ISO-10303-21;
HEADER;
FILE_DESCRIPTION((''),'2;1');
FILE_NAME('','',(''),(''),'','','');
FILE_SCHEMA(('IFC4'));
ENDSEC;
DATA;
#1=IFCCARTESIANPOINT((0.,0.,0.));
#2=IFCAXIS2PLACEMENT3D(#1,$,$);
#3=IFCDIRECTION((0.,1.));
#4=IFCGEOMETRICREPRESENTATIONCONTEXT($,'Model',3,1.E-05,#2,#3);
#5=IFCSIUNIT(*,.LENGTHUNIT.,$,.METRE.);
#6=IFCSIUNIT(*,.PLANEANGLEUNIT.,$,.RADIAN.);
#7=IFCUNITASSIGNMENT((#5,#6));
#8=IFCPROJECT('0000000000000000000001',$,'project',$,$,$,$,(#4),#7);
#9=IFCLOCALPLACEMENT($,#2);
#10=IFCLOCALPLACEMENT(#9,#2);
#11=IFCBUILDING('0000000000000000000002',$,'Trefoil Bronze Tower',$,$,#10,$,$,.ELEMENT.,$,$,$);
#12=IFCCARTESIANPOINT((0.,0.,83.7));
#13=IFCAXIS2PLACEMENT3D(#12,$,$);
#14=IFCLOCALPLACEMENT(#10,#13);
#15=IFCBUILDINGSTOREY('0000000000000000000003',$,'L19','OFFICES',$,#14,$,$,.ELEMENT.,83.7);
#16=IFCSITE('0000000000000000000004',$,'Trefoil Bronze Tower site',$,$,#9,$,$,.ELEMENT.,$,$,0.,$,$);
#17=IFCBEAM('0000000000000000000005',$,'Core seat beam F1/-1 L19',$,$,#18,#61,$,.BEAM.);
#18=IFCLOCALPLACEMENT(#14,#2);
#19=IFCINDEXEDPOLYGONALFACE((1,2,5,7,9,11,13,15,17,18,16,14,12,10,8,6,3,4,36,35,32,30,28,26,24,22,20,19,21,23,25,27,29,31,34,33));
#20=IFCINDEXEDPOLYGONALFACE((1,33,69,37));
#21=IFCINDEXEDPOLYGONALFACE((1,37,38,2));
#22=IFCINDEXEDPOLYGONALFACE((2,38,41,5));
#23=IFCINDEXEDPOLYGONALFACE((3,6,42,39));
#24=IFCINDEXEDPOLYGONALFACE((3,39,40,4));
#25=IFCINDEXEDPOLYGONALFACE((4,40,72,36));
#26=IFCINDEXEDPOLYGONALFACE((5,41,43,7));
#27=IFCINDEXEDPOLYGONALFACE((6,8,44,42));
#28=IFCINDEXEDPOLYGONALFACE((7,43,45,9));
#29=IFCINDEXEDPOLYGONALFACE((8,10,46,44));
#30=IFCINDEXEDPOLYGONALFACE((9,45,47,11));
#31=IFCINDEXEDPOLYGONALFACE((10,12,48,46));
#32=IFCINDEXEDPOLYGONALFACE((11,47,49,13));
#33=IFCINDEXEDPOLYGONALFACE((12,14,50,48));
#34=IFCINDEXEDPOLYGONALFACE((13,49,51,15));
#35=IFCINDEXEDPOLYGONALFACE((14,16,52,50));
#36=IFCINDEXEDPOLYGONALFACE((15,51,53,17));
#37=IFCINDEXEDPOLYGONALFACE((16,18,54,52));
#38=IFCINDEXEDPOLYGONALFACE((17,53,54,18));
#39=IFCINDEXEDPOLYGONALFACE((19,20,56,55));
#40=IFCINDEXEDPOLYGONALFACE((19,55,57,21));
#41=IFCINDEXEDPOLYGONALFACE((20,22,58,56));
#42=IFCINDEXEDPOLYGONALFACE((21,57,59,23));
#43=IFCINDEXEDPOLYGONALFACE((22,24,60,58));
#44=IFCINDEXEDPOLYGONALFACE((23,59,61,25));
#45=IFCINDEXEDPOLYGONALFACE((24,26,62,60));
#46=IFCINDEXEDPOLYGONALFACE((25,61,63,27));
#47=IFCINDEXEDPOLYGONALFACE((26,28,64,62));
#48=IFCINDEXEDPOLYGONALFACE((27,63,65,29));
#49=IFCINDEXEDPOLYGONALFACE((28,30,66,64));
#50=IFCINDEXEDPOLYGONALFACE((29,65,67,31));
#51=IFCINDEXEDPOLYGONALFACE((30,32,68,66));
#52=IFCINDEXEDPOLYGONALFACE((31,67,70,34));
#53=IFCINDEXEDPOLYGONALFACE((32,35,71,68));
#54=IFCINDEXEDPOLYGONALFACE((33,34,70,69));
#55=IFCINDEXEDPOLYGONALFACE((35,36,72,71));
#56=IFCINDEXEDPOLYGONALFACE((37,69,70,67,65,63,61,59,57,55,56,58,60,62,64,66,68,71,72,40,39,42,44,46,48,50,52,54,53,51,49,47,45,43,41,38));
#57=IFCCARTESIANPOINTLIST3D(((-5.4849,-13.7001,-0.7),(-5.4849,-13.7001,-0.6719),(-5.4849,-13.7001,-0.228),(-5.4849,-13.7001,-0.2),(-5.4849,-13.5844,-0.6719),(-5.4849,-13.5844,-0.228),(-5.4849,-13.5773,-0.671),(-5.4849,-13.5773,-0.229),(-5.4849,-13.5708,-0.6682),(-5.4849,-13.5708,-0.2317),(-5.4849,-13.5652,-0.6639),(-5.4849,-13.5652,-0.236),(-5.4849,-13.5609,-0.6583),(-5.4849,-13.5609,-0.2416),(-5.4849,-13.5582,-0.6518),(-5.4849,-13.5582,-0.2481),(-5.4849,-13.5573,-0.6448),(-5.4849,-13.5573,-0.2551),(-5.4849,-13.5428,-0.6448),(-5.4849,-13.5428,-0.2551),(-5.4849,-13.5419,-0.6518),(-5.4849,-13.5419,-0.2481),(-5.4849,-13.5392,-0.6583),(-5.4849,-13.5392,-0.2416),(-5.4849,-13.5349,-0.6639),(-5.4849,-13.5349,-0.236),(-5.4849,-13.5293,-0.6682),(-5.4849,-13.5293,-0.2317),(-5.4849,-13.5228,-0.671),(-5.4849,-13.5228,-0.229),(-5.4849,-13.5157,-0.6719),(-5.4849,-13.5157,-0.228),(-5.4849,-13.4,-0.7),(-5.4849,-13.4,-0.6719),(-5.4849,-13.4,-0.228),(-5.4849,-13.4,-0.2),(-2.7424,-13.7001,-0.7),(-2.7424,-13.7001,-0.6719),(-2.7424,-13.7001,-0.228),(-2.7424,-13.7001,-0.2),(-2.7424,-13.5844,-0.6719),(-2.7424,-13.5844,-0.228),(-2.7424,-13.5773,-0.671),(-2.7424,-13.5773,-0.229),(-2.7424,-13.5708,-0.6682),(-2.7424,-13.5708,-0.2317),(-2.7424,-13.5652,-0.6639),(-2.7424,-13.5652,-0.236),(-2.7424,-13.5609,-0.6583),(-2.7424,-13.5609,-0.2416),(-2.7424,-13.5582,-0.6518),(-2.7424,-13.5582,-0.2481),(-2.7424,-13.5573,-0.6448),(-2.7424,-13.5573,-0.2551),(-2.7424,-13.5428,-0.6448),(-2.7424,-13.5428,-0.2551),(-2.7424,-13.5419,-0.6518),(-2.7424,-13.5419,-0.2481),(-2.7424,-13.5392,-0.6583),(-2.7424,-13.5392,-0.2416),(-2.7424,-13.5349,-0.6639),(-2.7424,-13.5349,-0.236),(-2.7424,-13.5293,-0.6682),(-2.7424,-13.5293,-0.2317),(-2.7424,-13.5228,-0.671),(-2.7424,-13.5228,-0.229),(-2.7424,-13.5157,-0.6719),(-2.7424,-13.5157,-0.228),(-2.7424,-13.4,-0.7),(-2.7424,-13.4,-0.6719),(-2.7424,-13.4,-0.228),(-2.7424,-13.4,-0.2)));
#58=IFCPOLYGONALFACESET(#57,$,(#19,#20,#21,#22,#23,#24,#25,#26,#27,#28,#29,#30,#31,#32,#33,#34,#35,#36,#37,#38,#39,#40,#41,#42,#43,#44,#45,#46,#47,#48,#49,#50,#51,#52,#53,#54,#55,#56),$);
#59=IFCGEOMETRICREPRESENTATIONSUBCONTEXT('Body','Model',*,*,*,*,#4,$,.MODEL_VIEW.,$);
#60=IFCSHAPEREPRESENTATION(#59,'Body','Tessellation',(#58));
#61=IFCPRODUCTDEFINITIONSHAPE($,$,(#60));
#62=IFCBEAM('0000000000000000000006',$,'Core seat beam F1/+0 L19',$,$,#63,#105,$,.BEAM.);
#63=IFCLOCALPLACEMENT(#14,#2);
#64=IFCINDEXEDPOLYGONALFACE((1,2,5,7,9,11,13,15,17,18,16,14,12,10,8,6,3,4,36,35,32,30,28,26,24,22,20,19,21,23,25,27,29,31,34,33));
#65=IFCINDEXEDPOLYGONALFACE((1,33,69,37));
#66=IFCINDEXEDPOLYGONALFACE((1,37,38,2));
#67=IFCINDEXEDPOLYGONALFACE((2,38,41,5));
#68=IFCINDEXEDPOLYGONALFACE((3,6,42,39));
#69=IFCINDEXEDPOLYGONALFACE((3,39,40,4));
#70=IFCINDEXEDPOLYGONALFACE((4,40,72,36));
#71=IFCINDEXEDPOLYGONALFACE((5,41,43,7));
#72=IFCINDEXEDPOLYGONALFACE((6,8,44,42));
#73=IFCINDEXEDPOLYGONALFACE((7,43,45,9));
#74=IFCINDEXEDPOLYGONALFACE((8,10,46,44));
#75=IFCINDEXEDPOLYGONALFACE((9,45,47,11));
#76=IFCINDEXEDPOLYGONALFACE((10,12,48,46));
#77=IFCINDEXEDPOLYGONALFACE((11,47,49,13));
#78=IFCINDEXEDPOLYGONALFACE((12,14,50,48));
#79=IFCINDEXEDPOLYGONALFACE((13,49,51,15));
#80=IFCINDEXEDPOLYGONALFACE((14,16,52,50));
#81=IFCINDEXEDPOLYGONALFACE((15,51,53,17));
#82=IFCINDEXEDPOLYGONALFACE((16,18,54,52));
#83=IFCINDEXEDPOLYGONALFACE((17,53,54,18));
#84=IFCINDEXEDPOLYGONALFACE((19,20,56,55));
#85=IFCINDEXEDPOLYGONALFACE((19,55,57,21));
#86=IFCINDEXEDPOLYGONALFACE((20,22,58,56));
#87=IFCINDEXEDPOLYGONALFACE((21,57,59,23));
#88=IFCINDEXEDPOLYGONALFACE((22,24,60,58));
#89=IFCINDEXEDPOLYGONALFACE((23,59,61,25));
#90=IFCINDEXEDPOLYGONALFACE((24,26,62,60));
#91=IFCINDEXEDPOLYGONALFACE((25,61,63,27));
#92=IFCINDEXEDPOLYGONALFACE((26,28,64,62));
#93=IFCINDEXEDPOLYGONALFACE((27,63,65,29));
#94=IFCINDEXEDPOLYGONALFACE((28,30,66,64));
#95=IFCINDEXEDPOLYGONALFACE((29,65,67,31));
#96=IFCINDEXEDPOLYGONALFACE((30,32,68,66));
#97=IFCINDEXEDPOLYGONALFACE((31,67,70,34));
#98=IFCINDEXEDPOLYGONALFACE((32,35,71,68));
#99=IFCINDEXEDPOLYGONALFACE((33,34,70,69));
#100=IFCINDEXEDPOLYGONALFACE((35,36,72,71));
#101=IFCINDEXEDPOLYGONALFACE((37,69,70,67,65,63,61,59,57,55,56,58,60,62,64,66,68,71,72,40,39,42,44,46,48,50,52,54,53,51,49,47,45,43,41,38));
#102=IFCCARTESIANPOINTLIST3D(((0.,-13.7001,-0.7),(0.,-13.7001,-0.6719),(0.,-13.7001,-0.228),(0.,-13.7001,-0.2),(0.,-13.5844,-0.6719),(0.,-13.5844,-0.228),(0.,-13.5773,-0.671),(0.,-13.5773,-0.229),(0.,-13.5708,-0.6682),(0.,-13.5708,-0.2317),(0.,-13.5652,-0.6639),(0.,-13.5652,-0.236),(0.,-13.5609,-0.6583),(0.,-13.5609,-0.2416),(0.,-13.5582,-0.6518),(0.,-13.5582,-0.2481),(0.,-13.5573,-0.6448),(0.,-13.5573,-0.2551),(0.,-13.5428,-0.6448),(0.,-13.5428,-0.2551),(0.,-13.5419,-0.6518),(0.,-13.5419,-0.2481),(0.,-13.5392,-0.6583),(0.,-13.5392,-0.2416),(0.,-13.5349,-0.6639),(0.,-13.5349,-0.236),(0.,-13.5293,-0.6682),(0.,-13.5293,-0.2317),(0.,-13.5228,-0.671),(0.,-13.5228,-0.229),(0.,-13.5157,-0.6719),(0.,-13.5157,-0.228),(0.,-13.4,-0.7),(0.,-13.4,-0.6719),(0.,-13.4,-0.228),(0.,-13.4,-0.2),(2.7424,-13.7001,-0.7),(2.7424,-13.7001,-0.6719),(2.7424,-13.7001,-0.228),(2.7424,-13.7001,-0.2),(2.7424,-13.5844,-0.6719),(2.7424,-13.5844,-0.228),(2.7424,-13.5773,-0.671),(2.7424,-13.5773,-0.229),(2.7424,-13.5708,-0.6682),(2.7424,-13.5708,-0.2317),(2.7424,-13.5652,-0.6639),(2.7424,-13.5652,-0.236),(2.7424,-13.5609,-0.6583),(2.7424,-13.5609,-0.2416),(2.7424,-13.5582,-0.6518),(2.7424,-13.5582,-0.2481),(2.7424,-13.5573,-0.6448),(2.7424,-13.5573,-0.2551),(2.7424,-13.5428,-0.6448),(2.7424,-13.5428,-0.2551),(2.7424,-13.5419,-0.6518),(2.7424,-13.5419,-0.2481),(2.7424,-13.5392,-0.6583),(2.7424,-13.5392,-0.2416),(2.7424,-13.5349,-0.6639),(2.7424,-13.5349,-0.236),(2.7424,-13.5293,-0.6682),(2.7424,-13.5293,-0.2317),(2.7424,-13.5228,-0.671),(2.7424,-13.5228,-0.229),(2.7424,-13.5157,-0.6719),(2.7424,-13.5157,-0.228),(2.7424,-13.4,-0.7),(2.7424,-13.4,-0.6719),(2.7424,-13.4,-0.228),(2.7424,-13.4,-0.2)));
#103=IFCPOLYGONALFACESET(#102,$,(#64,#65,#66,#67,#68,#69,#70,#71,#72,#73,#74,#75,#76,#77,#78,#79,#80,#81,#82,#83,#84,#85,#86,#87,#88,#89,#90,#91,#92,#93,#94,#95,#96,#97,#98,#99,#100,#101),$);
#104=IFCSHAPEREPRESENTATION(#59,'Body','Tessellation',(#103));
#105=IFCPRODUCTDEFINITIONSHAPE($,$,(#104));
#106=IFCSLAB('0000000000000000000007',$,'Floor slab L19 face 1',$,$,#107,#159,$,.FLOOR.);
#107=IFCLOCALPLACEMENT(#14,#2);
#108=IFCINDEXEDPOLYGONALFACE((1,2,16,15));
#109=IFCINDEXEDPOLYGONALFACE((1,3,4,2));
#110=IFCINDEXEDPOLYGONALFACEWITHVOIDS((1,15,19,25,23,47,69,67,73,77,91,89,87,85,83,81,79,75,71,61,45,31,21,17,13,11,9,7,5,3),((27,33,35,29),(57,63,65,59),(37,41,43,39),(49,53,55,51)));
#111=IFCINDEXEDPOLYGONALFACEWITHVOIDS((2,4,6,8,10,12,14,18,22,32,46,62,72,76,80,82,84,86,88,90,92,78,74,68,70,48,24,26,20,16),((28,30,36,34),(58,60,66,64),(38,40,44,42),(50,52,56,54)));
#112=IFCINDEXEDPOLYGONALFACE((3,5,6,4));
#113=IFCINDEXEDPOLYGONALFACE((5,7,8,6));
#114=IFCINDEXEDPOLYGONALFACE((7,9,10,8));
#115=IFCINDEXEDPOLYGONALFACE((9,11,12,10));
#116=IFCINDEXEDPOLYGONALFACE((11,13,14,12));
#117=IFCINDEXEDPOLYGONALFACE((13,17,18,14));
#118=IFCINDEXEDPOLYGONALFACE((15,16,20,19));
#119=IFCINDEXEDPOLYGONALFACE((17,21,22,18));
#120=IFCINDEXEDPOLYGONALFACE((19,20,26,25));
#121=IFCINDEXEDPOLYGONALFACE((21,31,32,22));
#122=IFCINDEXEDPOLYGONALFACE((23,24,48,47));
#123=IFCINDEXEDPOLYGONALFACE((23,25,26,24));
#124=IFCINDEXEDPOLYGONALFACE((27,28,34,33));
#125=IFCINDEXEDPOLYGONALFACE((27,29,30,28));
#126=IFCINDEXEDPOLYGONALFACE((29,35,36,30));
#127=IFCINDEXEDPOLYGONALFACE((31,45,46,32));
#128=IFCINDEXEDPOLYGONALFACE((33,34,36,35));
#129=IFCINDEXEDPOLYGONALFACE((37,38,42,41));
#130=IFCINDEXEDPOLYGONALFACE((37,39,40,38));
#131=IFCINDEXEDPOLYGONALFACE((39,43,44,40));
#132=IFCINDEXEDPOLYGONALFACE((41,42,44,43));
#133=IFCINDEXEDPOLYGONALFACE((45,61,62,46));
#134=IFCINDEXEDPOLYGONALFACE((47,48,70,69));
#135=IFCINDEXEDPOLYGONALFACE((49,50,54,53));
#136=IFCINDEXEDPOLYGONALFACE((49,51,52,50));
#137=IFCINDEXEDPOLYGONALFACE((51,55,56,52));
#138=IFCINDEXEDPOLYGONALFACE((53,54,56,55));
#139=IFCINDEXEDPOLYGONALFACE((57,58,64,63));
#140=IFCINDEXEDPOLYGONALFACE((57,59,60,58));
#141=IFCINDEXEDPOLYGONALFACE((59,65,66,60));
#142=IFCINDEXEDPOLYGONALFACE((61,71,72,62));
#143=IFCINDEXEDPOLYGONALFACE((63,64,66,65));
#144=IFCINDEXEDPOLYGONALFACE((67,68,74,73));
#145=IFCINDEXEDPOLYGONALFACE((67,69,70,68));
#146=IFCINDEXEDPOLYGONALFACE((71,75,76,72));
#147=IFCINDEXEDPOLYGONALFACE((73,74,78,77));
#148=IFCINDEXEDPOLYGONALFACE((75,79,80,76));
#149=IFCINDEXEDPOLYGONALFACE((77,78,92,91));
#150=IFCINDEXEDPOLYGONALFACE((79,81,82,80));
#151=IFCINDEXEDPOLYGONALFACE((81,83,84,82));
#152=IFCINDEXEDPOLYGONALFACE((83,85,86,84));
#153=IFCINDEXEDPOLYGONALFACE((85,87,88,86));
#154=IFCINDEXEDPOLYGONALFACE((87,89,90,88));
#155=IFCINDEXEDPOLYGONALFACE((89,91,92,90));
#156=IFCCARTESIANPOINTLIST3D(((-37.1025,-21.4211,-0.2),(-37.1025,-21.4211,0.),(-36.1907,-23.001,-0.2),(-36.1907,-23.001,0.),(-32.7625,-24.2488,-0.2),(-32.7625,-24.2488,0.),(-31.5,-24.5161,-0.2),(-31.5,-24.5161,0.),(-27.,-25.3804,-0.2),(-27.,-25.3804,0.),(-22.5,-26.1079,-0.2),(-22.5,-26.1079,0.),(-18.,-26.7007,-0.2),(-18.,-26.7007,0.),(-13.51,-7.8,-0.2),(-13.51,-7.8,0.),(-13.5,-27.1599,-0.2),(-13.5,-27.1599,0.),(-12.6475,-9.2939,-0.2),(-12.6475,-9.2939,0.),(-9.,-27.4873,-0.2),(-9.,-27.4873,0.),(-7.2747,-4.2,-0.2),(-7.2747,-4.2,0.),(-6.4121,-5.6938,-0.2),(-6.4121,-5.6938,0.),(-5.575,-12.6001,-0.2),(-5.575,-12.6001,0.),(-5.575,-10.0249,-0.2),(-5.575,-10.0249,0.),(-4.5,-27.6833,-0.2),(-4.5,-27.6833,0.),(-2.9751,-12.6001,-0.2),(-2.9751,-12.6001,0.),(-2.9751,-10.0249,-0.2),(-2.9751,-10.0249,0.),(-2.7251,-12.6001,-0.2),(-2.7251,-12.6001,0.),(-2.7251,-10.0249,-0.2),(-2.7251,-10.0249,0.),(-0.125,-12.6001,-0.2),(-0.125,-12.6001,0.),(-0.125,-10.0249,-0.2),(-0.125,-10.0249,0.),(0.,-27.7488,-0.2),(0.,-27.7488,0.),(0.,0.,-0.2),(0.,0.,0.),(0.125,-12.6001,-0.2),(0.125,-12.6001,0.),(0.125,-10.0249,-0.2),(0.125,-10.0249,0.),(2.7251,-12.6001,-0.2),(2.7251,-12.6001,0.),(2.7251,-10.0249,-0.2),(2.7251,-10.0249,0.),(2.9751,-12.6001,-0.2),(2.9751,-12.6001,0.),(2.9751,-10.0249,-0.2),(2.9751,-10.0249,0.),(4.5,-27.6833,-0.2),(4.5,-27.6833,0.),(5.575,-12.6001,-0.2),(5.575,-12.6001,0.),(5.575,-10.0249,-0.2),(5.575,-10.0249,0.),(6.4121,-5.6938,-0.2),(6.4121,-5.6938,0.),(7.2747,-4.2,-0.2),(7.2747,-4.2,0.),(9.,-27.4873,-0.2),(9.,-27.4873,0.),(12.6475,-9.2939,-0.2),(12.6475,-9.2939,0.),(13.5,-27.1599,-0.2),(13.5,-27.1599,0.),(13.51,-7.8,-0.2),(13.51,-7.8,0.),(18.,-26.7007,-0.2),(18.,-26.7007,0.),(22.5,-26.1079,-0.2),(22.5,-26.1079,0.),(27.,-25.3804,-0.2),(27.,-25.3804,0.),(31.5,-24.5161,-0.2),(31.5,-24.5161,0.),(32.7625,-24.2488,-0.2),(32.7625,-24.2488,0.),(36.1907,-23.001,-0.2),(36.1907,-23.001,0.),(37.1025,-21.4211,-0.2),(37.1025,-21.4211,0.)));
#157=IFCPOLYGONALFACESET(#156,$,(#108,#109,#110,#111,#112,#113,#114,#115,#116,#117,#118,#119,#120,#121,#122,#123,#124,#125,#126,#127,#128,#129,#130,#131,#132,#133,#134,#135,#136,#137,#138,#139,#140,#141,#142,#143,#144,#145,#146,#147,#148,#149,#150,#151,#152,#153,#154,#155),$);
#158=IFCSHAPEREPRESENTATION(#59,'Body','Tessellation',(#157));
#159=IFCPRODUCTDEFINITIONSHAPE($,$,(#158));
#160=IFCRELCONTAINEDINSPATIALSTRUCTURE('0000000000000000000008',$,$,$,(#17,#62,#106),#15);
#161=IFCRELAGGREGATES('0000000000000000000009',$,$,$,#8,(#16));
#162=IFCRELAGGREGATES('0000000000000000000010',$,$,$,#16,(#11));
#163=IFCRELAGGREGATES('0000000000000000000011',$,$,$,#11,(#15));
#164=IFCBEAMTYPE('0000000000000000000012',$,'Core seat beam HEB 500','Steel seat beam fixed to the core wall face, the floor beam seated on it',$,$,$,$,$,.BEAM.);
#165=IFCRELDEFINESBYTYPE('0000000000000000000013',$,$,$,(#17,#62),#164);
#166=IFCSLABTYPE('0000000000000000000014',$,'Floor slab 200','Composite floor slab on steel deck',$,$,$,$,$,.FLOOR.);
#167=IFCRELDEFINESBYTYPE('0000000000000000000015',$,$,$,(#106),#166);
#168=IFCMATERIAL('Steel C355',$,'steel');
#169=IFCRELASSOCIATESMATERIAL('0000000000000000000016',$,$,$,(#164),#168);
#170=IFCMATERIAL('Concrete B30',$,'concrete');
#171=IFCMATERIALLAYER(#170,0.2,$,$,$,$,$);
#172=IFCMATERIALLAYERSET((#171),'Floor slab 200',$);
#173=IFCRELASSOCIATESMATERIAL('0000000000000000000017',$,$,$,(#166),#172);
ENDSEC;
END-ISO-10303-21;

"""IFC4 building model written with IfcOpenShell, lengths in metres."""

from ifc_helpers import new_model, si_unit, direction, frame, origin, origin_2d, place, context, subcontext, project, spatial, polyline, i_section, outline, extrude, material, layer, layer_set, material_profile, profile_set, type_object, element, save


model = new_model("IFC4")

# Units and contexts
model_context = context("Model", 3, precision=1e-05, world=origin(), true_north=direction((0.0, 1.0)))
body_context = subcontext(model_context, "Body", "Model", "MODEL_VIEW")
ifc_project = project(units=[si_unit("LENGTHUNIT", "METRE"), si_unit("PLANEANGLEUNIT", "RADIAN")], contexts=[model_context])

# Site, building, storey
site_placement = place(None, origin())
site = spatial("IfcSite", under=ifc_project, at=site_placement, Name="Trefoil Bronze Tower site", CompositionType="ELEMENT", RefElevation=0.0)
building_placement = place(site_placement, origin())
building = spatial("IfcBuilding", under=site, at=building_placement, Name="Trefoil Bronze Tower", CompositionType="ELEMENT")
storey_placement = place(building_placement, frame((0.0, 0.0, 83.7)))
storey = spatial("IfcBuildingStorey", under=building, at=storey_placement, Name="L19", Description="OFFICES", CompositionType="ELEMENT", Elevation=83.7)

# Beams
ifc_material_1 = material(Name="Steel C355", Category="steel")
ifc_material_profile = material_profile(ifc_material_1, i_section(OverallWidth=0.3, OverallDepth=0.5, WebThickness=0.0144, FlangeThickness=0.0281, FilletRadius=0.0271, at=origin_2d()), Name="HEB 500")
ifc_profile_set = profile_set([ifc_material_profile], Name="Steel C355")
beam_type = type_object("IfcBeamType", Name="Core seat beam HEB 500", Description="Steel seat beam fixed to the core wall face, the floor beam seated on it", PredefinedType="BEAM", material=ifc_profile_set)
for number, where, z_axis, x_axis, name in (
    (1, (-5.4849, -13.55, -0.45), (1.0, 0.0, 0.0), (0.0, 1.0, 0.0), "Core seat beam F1/-1 L19"),
    (2, (0.0, -13.55, -0.45), (1.0, 0.0, 0.0), (0.0, 1.0, 0.0), "Core seat beam F1/+0 L19"),
):
    element("IfcBeam", number, at=place(storey_placement, frame(where, z_axis=z_axis, x_axis=x_axis)), inside=storey, type_object=beam_type, Name=name, PredefinedType="BEAM", context=body_context, shape_type="SweptSolid", body=[
        extrude(i_section(OverallWidth=0.3, OverallDepth=0.5, WebThickness=0.0144, FlangeThickness=0.0281, FilletRadius=0.0271, at=origin_2d()), origin(), (0.0, 0.0, 1.0), 2.7424),
    ])

# Slab
ifc_material_2 = material(Name="Concrete B30", Category="concrete")
ifc_layer_1 = layer(ifc_material_2, 0.2)
ifc_layer_set_1 = layer_set([ifc_layer_1], Name="Floor slab 200")
slab_type = type_object("IfcSlabType", Name="Floor slab 200", Description="Composite floor slab on steel deck", PredefinedType="FLOOR", material=ifc_layer_set_1)
slab_1_placement = place(storey_placement, frame((0.0, 0.0, -0.2)))
element("IfcSlab", 3, at=slab_1_placement, inside=storey, type_object=slab_type, Name="Floor slab L19 face 1", PredefinedType="FLOOR", context=body_context, shape_type="SweptSolid", body=[
    extrude(outline(polyline([(27.0, -25.3804), (22.5, -26.1079), (18.0, -26.7007), (13.5, -27.1599), (9.0, -27.4873), (4.5, -27.6833), (0.0, -27.7488), (-4.5, -27.6833), (-9.0, -27.4873), (-13.5, -27.1599), (-18.0, -26.7007), (-22.5, -26.1079), (-27.0, -25.3804), (-31.5, -24.5161), (-32.7625, -24.2488), (-36.1907, -23.001), (-37.1025, -21.4211), (-13.51, -7.8), (-12.6475, -9.2939), (-6.4121, -5.6938), (-7.2747, -4.2), (0.0, 0.0), (7.2747, -4.2), (6.4121, -5.6938), (12.6475, -9.2939), (13.51, -7.8), (37.1025, -21.4211), (36.1907, -23.001), (32.7625, -24.2488), (31.5, -24.5161), (27.0, -25.3804)]), holes=[polyline([(-5.575, -10.0249), (-2.9751, -10.0249), (-2.9751, -12.6001), (-5.575, -12.6001), (-5.575, -10.0249)]), polyline([(-2.7251, -10.0249), (-0.125, -10.0249), (-0.125, -12.6001), (-2.7251, -12.6001), (-2.7251, -10.0249)]), polyline([(0.125, -10.0249), (2.7251, -10.0249), (2.7251, -12.6001), (0.125, -12.6001), (0.125, -10.0249)]), polyline([(2.9751, -10.0249), (5.575, -10.0249), (5.575, -12.6001), (2.9751, -12.6001), (2.9751, -10.0249)])]), origin(), (0.0, 0.0, 1.0), 0.2),
])

save(model, "model.ifc")
